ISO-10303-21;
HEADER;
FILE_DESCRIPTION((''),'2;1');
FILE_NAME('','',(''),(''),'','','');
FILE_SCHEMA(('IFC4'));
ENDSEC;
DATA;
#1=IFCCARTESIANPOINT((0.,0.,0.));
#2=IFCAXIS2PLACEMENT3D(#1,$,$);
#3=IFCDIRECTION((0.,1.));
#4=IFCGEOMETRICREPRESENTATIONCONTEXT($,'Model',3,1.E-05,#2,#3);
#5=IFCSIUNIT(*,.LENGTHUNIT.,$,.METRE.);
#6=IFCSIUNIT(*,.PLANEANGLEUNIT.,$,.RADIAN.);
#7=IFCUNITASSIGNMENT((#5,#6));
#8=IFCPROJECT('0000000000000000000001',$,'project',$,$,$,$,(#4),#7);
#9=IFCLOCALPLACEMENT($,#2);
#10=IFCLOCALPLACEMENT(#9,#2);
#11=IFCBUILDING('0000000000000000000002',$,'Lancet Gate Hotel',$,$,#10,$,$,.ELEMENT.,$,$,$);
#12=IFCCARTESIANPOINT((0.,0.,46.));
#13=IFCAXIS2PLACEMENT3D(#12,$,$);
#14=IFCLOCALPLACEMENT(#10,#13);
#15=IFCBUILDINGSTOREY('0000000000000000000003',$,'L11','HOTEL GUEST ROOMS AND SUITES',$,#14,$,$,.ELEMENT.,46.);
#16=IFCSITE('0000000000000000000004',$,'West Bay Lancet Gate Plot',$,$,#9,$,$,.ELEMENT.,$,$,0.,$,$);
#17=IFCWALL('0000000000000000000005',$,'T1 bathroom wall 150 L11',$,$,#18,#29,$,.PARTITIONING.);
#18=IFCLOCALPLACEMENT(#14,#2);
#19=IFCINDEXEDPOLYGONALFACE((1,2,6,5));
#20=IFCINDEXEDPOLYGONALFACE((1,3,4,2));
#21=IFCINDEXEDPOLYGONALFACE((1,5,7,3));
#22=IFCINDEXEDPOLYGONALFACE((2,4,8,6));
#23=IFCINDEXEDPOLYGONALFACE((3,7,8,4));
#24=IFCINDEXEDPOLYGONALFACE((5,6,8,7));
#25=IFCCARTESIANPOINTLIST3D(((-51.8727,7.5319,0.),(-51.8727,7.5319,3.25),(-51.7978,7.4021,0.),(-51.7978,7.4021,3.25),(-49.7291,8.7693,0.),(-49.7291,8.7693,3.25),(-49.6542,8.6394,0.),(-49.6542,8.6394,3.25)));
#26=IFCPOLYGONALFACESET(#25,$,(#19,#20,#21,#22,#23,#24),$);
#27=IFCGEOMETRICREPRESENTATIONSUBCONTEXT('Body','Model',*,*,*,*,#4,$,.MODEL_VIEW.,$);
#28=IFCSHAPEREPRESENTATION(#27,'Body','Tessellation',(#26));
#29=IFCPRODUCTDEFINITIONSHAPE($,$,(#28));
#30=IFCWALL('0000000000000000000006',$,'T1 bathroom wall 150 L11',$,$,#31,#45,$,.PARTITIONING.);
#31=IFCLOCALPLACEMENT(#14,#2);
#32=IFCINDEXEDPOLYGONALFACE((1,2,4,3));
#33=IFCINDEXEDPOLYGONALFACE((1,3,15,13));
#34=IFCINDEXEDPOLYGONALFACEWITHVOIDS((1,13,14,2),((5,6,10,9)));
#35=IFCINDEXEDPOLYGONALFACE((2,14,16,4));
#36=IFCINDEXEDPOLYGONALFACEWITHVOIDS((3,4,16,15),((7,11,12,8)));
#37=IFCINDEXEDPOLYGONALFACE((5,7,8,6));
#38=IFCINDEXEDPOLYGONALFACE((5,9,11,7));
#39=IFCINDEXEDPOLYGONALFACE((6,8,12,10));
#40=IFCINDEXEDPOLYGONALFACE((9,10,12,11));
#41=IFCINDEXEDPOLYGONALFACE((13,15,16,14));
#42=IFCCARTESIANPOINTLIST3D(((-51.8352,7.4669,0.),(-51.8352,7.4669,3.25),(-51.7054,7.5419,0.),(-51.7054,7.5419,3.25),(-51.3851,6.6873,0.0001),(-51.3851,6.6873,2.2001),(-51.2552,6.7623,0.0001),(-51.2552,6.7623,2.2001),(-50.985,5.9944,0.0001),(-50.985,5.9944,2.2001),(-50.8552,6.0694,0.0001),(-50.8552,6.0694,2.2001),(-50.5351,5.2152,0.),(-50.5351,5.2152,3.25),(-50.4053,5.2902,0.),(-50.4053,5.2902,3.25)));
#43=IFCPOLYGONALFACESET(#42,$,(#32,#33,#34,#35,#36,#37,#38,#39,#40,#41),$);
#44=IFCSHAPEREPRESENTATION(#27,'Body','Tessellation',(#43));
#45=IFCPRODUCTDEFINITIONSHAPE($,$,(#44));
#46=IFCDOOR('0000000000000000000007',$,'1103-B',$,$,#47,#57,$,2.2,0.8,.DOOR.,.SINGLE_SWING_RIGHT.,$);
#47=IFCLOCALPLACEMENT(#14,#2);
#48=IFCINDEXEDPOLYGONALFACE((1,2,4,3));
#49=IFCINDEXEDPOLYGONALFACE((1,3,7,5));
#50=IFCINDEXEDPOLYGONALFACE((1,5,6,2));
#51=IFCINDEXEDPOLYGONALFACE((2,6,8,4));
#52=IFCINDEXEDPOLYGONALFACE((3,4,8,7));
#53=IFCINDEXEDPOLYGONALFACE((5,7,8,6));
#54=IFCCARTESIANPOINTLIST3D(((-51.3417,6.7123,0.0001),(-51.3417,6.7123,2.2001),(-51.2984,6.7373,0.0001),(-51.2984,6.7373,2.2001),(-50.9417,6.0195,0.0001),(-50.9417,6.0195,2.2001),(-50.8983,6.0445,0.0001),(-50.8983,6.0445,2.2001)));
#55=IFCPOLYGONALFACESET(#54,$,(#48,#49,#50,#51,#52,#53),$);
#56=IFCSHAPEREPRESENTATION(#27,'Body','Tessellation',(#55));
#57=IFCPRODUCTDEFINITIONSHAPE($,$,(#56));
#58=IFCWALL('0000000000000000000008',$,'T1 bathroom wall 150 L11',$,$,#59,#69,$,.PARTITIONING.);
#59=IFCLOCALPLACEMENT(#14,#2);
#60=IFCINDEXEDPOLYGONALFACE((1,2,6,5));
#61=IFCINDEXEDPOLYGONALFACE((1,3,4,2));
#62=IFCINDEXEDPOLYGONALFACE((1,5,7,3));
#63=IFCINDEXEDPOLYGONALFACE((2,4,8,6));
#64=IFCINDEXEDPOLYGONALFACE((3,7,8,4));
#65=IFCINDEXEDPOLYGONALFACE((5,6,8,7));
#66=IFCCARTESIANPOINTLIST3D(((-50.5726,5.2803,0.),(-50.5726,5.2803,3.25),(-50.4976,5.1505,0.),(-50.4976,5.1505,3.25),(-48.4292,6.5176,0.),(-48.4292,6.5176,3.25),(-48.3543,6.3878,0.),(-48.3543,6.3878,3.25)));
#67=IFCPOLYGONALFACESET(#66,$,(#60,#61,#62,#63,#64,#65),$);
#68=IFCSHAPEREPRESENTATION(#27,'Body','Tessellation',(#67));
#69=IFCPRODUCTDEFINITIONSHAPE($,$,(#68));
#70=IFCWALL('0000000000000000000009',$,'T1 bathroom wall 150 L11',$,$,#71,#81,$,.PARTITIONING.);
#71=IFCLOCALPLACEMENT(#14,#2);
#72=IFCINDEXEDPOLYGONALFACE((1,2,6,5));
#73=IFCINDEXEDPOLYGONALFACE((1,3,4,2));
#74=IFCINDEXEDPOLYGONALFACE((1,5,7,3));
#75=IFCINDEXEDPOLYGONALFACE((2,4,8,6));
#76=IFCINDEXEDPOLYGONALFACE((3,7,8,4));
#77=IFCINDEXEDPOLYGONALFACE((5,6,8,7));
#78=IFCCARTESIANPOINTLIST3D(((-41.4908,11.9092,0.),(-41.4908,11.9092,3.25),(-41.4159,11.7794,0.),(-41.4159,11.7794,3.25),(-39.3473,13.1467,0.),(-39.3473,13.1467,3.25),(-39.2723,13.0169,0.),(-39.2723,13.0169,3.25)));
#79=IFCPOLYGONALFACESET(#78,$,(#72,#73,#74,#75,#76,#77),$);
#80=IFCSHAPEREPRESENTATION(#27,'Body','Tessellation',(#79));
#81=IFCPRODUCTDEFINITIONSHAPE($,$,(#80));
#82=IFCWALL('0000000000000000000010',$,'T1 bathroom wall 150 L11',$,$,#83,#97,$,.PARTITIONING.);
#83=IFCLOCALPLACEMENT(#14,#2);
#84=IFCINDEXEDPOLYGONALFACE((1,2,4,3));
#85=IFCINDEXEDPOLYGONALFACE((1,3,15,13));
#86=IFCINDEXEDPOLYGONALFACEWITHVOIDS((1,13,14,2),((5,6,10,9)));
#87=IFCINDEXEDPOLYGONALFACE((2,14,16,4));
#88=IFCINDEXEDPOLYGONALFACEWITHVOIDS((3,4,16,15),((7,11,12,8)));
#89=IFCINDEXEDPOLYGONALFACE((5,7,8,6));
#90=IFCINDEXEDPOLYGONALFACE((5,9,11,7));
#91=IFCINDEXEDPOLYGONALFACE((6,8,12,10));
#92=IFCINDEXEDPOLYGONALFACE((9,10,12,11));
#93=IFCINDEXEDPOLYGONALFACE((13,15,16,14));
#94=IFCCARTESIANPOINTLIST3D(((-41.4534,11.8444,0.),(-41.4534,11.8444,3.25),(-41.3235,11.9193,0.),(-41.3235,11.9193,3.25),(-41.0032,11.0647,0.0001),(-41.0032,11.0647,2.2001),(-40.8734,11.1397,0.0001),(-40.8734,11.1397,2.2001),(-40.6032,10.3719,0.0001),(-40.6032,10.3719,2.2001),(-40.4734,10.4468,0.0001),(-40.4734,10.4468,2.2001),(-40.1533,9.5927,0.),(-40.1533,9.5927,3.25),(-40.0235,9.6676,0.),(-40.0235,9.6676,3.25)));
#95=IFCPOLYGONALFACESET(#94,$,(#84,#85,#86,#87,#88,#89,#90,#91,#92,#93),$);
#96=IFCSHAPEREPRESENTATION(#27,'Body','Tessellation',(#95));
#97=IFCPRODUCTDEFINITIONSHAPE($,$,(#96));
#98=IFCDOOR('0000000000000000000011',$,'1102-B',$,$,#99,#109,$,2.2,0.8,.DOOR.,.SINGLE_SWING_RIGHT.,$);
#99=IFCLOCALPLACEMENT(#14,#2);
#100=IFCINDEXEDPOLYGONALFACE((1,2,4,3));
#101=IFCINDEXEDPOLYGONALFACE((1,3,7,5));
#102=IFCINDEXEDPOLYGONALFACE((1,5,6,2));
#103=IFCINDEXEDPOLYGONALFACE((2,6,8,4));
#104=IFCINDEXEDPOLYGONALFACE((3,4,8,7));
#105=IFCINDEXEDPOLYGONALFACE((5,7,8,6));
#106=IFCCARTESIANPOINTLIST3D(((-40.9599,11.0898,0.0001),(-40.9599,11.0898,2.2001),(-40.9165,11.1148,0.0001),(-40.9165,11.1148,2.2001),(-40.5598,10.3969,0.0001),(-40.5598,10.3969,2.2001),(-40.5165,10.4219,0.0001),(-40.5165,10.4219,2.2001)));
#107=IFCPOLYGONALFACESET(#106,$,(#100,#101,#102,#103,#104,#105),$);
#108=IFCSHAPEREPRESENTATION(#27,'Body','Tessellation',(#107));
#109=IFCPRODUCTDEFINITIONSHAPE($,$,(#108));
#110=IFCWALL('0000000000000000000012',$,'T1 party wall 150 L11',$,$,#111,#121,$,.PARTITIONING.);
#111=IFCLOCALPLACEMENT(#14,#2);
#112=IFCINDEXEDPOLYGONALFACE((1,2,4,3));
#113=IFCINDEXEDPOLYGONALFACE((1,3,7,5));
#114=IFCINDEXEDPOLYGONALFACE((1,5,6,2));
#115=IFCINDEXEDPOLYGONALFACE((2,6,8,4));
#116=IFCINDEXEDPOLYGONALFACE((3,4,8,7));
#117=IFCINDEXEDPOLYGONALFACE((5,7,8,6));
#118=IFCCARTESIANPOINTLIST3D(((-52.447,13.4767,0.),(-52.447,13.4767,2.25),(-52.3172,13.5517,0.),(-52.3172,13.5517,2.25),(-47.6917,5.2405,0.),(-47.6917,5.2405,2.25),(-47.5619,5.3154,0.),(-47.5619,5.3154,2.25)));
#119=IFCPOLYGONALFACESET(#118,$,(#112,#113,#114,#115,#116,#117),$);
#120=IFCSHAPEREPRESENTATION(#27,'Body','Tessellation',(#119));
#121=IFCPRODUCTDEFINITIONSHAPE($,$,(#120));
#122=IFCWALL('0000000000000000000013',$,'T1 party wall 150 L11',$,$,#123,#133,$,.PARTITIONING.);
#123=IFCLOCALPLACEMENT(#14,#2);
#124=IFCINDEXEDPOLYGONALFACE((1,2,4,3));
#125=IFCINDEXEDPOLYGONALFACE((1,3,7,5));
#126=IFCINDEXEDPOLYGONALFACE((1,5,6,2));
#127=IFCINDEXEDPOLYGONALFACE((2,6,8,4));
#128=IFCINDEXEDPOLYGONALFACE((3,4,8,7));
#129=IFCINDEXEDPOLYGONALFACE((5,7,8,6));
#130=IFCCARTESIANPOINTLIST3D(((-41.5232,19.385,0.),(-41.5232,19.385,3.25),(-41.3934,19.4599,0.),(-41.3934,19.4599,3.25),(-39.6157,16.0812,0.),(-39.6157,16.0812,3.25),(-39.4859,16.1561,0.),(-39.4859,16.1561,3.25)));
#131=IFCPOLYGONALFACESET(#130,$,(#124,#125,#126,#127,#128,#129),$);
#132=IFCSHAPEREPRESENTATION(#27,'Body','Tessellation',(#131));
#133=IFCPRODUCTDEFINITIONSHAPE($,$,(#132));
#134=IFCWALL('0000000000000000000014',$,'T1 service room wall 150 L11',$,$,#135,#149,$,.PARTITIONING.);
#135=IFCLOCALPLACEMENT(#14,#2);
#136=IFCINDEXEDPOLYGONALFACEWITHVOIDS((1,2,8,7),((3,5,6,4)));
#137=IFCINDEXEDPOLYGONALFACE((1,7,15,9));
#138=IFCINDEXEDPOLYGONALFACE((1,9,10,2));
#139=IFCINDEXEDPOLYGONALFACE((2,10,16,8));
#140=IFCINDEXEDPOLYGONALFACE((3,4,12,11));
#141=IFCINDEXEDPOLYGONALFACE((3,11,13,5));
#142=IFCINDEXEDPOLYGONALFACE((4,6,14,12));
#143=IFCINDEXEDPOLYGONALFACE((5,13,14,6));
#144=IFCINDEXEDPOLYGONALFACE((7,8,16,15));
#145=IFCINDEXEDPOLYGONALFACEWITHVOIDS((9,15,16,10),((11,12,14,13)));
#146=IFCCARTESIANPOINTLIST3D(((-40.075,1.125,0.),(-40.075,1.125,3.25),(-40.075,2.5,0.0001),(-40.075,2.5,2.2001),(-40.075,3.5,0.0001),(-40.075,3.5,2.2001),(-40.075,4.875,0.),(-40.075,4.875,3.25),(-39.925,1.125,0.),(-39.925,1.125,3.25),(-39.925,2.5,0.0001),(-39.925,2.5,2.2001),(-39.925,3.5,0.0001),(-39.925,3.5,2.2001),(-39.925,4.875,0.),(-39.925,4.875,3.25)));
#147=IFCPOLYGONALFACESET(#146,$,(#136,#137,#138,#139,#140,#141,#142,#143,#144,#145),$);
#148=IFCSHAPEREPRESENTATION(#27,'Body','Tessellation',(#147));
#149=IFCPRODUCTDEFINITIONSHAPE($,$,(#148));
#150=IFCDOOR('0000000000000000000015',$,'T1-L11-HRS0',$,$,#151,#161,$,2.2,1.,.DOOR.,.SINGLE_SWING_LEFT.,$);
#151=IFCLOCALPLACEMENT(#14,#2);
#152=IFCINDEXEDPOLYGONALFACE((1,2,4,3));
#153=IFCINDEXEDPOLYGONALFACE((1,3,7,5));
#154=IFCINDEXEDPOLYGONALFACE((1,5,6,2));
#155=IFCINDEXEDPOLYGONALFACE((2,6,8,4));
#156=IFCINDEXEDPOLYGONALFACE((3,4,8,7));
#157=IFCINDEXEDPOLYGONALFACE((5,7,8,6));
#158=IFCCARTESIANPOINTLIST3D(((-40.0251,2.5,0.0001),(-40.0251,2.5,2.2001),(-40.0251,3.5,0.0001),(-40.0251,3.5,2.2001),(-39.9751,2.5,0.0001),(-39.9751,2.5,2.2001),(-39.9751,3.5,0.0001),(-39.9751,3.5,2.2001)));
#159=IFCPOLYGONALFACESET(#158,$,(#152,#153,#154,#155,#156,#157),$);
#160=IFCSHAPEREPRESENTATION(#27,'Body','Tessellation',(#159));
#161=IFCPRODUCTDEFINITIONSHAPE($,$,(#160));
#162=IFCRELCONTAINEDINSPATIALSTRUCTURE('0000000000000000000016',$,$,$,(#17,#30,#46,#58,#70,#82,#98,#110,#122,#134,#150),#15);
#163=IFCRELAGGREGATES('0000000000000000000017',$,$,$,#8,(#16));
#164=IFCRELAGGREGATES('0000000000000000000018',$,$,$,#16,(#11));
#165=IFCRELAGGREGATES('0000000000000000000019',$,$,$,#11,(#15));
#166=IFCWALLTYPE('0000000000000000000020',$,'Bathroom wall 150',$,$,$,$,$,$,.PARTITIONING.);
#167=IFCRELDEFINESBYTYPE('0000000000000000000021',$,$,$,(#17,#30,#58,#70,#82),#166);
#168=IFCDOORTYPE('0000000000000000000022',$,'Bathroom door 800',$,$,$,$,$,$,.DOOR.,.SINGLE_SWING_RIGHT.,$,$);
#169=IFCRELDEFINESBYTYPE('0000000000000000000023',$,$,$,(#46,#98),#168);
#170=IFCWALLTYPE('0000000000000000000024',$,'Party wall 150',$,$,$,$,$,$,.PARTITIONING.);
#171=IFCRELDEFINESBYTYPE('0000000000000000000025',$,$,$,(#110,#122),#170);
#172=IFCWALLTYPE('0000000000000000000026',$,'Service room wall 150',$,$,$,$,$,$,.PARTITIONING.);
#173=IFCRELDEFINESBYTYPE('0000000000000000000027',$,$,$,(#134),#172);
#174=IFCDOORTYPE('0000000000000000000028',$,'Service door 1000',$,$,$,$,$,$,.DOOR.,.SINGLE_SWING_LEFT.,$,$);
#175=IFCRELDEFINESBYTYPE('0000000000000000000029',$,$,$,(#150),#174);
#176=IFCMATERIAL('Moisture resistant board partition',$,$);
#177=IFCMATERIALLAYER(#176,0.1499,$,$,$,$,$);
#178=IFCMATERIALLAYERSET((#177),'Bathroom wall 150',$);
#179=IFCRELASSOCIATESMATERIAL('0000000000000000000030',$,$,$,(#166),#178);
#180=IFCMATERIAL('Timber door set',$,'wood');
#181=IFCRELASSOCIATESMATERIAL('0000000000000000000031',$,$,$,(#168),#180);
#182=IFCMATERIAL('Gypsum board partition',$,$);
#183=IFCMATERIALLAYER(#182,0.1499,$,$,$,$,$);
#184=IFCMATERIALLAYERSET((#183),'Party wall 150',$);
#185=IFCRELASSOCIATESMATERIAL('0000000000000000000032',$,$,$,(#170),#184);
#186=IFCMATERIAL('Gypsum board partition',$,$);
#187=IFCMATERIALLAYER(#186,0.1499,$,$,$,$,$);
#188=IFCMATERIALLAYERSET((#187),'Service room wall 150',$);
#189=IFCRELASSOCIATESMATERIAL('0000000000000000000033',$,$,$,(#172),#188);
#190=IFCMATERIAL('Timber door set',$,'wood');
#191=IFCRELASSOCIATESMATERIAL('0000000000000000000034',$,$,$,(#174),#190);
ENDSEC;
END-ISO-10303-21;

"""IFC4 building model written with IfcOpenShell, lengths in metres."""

from ifc_helpers import new_model, si_unit, direction, frame, frame_2d, origin, place, context, subcontext, project, spatial, rectangle, extrude, material, layer, layer_set, type_object, element, fill, save


model = new_model("IFC4")

# Units and contexts
model_context = context("Model", 3, precision=1e-05, world=origin(), true_north=direction((0.0, 1.0)))
body_context = subcontext(model_context, "Body", "Model", "MODEL_VIEW")
ifc_project = project(units=[si_unit("LENGTHUNIT", "METRE"), si_unit("PLANEANGLEUNIT", "RADIAN")], contexts=[model_context])

# Site, building, storey
site_placement = place(None, origin())
site = spatial("IfcSite", under=ifc_project, at=site_placement, Name="West Bay Lancet Gate Plot", CompositionType="ELEMENT", RefElevation=0.0)
building_placement = place(site_placement, origin())
building = spatial("IfcBuilding", under=site, at=building_placement, Name="Lancet Gate Hotel", CompositionType="ELEMENT")
storey_placement = place(building_placement, frame((0.0, 0.0, 46.0)))
storey = spatial("IfcBuildingStorey", under=building, at=storey_placement, Name="L11", Description="HOTEL GUEST ROOMS AND SUITES", CompositionType="ELEMENT", Elevation=46.0)

# Wall
ifc_material_1 = material(Name="Moisture resistant board partition")
ifc_layer_1 = layer(ifc_material_1, 0.1499)
ifc_layer_set_1 = layer_set([ifc_layer_1], Name="Bathroom wall 150")
wall_type_1 = type_object("IfcWallType", Name="Bathroom wall 150", PredefinedType="PARTITIONING", material=ifc_layer_set_1)
wall_1_placement = place(storey_placement, frame((-49.6917, 8.7043, 0.0), z_axis=(0.0, 0.0, 1.0), x_axis=(-0.866074, -0.499916, 0.0)))
element("IfcWall", 1, at=wall_1_placement, inside=storey, type_object=wall_type_1, Name="T1 bathroom wall 150 L11", PredefinedType="PARTITIONING", context=body_context, shape_type="SweptSolid", body=[
    extrude(rectangle(XDim=2.4751, YDim=0.1499, at=frame_2d((1.2375, 0.0))), origin(), (0.0, 0.0, 1.0), 3.25),
])

# Wall, opening, door
wall_2_placement = place(storey_placement, frame((-50.4702, 5.2527, 0.0), z_axis=(0.0, 0.0, 1.0), x_axis=(-0.500007, 0.866021, 0.0)))
wall_2 = element("IfcWall", 2, at=wall_2_placement, inside=storey, type_object=wall_type_1, Name="T1 bathroom wall 150 L11", PredefinedType="PARTITIONING", context=body_context, shape_type="SweptSolid", body=[
    extrude(rectangle(XDim=2.6001, YDim=0.1499, at=frame_2d((1.3, 0.0))), origin(), (0.0, 0.0, 1.0), 3.25),
])
opening_1_placement = place(wall_2_placement, frame((0.8999, 0.0, 0.0)))
opening_1 = element("IfcOpeningElement", 3, at=opening_1_placement, cuts=wall_2, PredefinedType="OPENING", context=body_context, shape_type="SweptSolid", body=[
    extrude(rectangle(XDim=0.8, YDim=2.2, at=frame_2d((0.3999, 1.1001))), frame((0.0, 0.085, 0.0), z_axis=(0.0, -1.0, 0.0), x_axis=(1.0, 0.0, 0.0)), (0.0, 0.0, 1.0), 0.1699),
])
ifc_material_2 = material(Name="Timber door set", Category="wood")
door_type_1 = type_object("IfcDoorType", Name="Bathroom door 800", OperationType="SINGLE_SWING_RIGHT", PredefinedType="DOOR", material=ifc_material_2)
door_1_placement = place(opening_1_placement, origin())
door_1 = element("IfcDoor", 4, at=door_1_placement, inside=storey, type_object=door_type_1, Name="1103-B", OperationType="SINGLE_SWING_RIGHT", OverallHeight=2.2, OverallWidth=0.8, PredefinedType="DOOR", context=body_context, shape_type="SweptSolid", body=[
    extrude(rectangle(XDim=0.8, YDim=2.2, at=frame_2d((0.3999, 1.1001))), frame((0.0, 0.0249, 0.0), z_axis=(0.0, -1.0, 0.0), x_axis=(1.0, 0.0, 0.0)), (0.0, 0.0, 1.0), 0.05),
])
fill(opening_1, door_1)

# Walls
wall_3_placement = place(storey_placement, frame((-48.3918, 6.4526, 0.0), z_axis=(0.0, 0.0, 1.0), x_axis=(-0.866049, -0.499959, 0.0)))
element("IfcWall", 5, at=wall_3_placement, inside=storey, type_object=wall_type_1, Name="T1 bathroom wall 150 L11", PredefinedType="PARTITIONING", context=body_context, shape_type="SweptSolid", body=[
    extrude(rectangle(XDim=2.4749, YDim=0.1499, at=frame_2d((1.2373, 0.0))), origin(), (0.0, 0.0, 1.0), 3.25),
])
wall_4_placement = place(storey_placement, frame((-39.3098, 13.0818, 0.0), z_axis=(0.0, 0.0, 1.0), x_axis=(-0.866031, -0.49999, 0.0)))
element("IfcWall", 6, at=wall_4_placement, inside=storey, type_object=wall_type_1, Name="T1 bathroom wall 150 L11", PredefinedType="PARTITIONING", context=body_context, shape_type="SweptSolid", body=[
    extrude(rectangle(XDim=2.4751, YDim=0.1499, at=frame_2d((1.2375, 0.0))), origin(), (0.0, 0.0, 1.0), 3.25),
])

# Wall, opening, door
wall_5_placement = place(storey_placement, frame((-40.0884, 9.6301, 0.0), z_axis=(0.0, 0.0, 1.0), x_axis=(-0.500007, 0.866021, 0.0)))
wall_5 = element("IfcWall", 7, at=wall_5_placement, inside=storey, type_object=wall_type_1, Name="T1 bathroom wall 150 L11", PredefinedType="PARTITIONING", context=body_context, shape_type="SweptSolid", body=[
    extrude(rectangle(XDim=2.6001, YDim=0.1499, at=frame_2d((1.3, 0.0))), origin(), (0.0, 0.0, 1.0), 3.25),
])
opening_2_placement = place(wall_5_placement, frame((0.8999, 0.0, 0.0)))
opening_2 = element("IfcOpeningElement", 8, at=opening_2_placement, cuts=wall_5, PredefinedType="OPENING", context=body_context, shape_type="SweptSolid", body=[
    extrude(rectangle(XDim=0.8, YDim=2.2, at=frame_2d((0.3999, 1.1001))), frame((0.0, 0.085, 0.0), z_axis=(0.0, -1.0, 0.0), x_axis=(1.0, 0.0, 0.0)), (0.0, 0.0, 1.0), 0.1699),
])
door_2_placement = place(opening_2_placement, origin())
door_2 = element("IfcDoor", 9, at=door_2_placement, inside=storey, type_object=door_type_1, Name="1102-B", OperationType="SINGLE_SWING_RIGHT", OverallHeight=2.2, OverallWidth=0.8, PredefinedType="DOOR", context=body_context, shape_type="SweptSolid", body=[
    extrude(rectangle(XDim=0.8, YDim=2.2, at=frame_2d((0.3999, 1.1001))), frame((0.0, 0.0249, 0.0), z_axis=(0.0, -1.0, 0.0), x_axis=(1.0, 0.0, 0.0)), (0.0, 0.0, 1.0), 0.05),
])
fill(opening_2, door_2)

# Walls
ifc_material_3 = material(Name="Gypsum board partition")
ifc_layer_2 = layer(ifc_material_3, 0.1499)
ifc_layer_set_2 = layer_set([ifc_layer_2], Name="Party wall 150")
wall_type_2 = type_object("IfcWallType", Name="Party wall 150", PredefinedType="PARTITIONING", material=ifc_layer_set_2)
wall_6_placement = place(storey_placement, frame((-47.6267, 5.2778, 0.0), z_axis=(0.0, 0.0, 1.0), x_axis=(-0.50001, 0.86602, 0.0)))
element("IfcWall", 10, at=wall_6_placement, inside=storey, type_object=wall_type_2, Name="T1 party wall 150 L11", PredefinedType="PARTITIONING", context=body_context, shape_type="SweptSolid", body=[
    extrude(rectangle(XDim=9.5105, YDim=0.1499, at=frame_2d((4.7554, 0.0))), origin(), (0.0, 0.0, 1.0), 2.25),
])
wall_7_placement = place(storey_placement, frame((-39.5508, 16.1187, 0.0), z_axis=(0.0, 0.0, 1.0), x_axis=(-0.500014, 0.866017, 0.0)))
element("IfcWall", 11, at=wall_7_placement, inside=storey, type_object=wall_type_2, Name="T1 party wall 150 L11", PredefinedType="PARTITIONING", context=body_context, shape_type="SweptSolid", body=[
    extrude(rectangle(XDim=3.8149, YDim=0.1499, at=frame_2d((1.9075, 0.0))), origin(), (0.0, 0.0, 1.0), 3.25),
])

# Wall, opening, door
ifc_material_4 = material(Name="Gypsum board partition")
ifc_layer_3 = layer(ifc_material_4, 0.1499)
ifc_layer_set_3 = layer_set([ifc_layer_3], Name="Service room wall 150")
wall_type_3 = type_object("IfcWallType", Name="Service room wall 150", PredefinedType="PARTITIONING", material=ifc_layer_set_3)
wall_8_placement = place(storey_placement, frame((-40.0, 4.875, 0.0), z_axis=(0.0, 0.0, 1.0), x_axis=(0.0, -1.0, 0.0)))
wall_8 = element("IfcWall", 12, at=wall_8_placement, inside=storey, type_object=wall_type_3, Name="T1 service room wall 150 L11", PredefinedType="PARTITIONING", context=body_context, shape_type="SweptSolid", body=[
    extrude(rectangle(XDim=3.75, YDim=0.1499, at=frame_2d((1.875, 0.0))), origin(), (0.0, 0.0, 1.0), 3.25),
])
opening_3_placement = place(wall_8_placement, frame((1.375, 0.0, 0.0)))
opening_3 = element("IfcOpeningElement", 13, at=opening_3_placement, cuts=wall_8, PredefinedType="OPENING", context=body_context, shape_type="SweptSolid", body=[
    extrude(rectangle(XDim=1.0, YDim=2.2, at=frame_2d((0.5, 1.1001))), frame((0.0, 0.085, 0.0), z_axis=(0.0, -1.0, 0.0), x_axis=(1.0, 0.0, 0.0)), (0.0, 0.0, 1.0), 0.1699),
])
ifc_material_5 = material(Name="Timber door set", Category="wood")
door_type_2 = type_object("IfcDoorType", Name="Service door 1000", OperationType="SINGLE_SWING_LEFT", PredefinedType="DOOR", material=ifc_material_5)
door_3_placement = place(opening_3_placement, origin())
door_3 = element("IfcDoor", 14, at=door_3_placement, inside=storey, type_object=door_type_2, Name="T1-L11-HRS0", OperationType="SINGLE_SWING_LEFT", OverallHeight=2.2, OverallWidth=1.0, PredefinedType="DOOR", context=body_context, shape_type="SweptSolid", body=[
    extrude(rectangle(XDim=1.0, YDim=2.2, at=frame_2d((0.5, 1.1001))), frame((0.0, 0.0249, 0.0), z_axis=(0.0, -1.0, 0.0), x_axis=(1.0, 0.0, 0.0)), (0.0, 0.0, 1.0), 0.05),
])
fill(opening_3, door_3)

save(model, "model.ifc")
